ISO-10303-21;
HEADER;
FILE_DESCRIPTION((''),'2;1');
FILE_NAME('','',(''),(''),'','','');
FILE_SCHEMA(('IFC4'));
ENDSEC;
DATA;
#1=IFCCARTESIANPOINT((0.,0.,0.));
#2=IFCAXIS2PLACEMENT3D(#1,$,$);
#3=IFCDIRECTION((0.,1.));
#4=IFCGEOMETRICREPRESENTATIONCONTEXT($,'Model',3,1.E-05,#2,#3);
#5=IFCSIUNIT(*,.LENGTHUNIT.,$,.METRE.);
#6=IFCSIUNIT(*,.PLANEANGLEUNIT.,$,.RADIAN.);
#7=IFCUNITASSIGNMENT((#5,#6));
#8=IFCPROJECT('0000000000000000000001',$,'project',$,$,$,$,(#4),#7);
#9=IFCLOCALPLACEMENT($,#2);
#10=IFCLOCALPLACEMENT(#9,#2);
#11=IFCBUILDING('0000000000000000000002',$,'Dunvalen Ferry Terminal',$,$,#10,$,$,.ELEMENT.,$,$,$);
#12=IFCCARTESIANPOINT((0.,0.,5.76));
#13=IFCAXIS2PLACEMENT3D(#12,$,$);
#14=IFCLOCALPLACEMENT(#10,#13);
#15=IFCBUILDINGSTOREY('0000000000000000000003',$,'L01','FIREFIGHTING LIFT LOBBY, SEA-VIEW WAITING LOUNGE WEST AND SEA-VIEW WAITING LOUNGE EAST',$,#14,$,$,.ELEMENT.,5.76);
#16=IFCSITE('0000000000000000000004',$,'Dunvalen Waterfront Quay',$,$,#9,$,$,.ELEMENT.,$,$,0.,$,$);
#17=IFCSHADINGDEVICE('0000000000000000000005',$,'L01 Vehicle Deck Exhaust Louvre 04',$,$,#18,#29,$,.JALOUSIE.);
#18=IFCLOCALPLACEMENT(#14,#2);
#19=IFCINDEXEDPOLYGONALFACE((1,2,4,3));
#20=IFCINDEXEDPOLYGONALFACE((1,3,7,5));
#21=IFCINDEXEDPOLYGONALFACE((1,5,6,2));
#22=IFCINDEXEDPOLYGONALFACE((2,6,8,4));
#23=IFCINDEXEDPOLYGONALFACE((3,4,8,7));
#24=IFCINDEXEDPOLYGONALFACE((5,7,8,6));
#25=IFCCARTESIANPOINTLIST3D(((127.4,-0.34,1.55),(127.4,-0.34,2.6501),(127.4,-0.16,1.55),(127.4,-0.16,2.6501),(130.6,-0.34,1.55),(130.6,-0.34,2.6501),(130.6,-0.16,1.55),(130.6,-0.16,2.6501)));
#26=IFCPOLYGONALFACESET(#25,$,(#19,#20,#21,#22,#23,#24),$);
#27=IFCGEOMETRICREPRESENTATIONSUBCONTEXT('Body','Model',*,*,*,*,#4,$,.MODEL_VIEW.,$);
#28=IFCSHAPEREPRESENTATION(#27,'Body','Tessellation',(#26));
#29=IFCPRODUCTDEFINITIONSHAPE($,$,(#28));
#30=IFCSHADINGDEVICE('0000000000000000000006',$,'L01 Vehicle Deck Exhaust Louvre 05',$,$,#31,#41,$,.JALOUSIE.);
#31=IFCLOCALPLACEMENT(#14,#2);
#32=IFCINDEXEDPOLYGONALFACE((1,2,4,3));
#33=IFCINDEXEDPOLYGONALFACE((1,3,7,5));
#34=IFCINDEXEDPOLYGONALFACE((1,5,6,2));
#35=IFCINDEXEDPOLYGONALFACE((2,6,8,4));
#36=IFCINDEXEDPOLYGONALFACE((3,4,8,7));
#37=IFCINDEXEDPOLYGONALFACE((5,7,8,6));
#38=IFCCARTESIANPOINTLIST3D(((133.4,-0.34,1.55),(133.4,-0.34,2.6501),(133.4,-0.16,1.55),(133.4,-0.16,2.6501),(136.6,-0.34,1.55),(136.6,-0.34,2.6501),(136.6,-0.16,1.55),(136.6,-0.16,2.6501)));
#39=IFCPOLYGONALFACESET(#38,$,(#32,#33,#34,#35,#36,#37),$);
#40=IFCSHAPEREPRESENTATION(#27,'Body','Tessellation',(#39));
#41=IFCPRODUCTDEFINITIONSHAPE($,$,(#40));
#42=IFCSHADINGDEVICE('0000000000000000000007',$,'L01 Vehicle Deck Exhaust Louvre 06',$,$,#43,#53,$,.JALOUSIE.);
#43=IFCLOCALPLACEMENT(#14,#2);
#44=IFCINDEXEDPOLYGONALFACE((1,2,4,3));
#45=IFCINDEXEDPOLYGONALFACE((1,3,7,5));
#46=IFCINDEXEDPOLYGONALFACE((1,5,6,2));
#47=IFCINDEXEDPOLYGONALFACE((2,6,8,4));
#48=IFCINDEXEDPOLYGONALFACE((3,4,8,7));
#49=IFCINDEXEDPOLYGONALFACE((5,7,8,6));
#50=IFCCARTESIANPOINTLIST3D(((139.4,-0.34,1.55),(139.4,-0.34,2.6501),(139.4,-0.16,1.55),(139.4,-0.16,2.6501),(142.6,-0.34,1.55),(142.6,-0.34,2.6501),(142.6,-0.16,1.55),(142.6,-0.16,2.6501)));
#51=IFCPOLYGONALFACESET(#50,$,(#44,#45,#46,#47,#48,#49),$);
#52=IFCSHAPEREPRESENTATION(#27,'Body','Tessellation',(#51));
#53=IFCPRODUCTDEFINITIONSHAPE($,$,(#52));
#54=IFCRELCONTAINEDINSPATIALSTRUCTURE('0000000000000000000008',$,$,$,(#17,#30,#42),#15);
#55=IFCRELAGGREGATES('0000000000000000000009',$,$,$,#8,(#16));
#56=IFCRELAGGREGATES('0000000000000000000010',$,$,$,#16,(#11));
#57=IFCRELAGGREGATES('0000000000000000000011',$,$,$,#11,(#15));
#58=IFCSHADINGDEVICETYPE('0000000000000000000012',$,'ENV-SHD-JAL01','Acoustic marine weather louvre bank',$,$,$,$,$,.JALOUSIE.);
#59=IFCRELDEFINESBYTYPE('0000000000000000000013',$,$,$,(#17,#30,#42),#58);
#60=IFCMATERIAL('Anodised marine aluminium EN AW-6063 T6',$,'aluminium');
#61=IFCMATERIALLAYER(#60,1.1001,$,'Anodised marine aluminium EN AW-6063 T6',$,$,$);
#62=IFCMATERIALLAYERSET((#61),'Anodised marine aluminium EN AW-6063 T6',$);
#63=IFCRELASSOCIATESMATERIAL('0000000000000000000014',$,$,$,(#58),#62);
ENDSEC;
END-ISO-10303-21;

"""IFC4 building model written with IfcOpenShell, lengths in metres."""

from ifc_helpers import new_model, si_unit, direction, frame, origin, origin_2d, place, context, subcontext, project, spatial, rectangle, extrude, material, layer, layer_set, type_object, element, save


model = new_model("IFC4")

# Units and contexts
model_context = context("Model", 3, precision=1e-05, world=origin(), true_north=direction((0.0, 1.0)))
body_context = subcontext(model_context, "Body", "Model", "MODEL_VIEW")
ifc_project = project(units=[si_unit("LENGTHUNIT", "METRE"), si_unit("PLANEANGLEUNIT", "RADIAN")], contexts=[model_context])

# Site, building, storey
site_placement = place(None, origin())
site = spatial("IfcSite", under=ifc_project, at=site_placement, Name="Dunvalen Waterfront Quay", CompositionType="ELEMENT", RefElevation=0.0)
building_placement = place(site_placement, origin())
building = spatial("IfcBuilding", under=site, at=building_placement, Name="Dunvalen Ferry Terminal", CompositionType="ELEMENT")
storey_placement = place(building_placement, frame((0.0, 0.0, 5.76)))
storey = spatial("IfcBuildingStorey", under=building, at=storey_placement, Name="L01", Description="FIREFIGHTING LIFT LOBBY, SEA-VIEW WAITING LOUNGE WEST AND SEA-VIEW WAITING LOUNGE EAST", CompositionType="ELEMENT", Elevation=5.76)

# Shading devices
ifc_material_1 = material(Name="Anodised marine aluminium EN AW-6063 T6", Category="aluminium")
ifc_layer_1 = layer(ifc_material_1, 1.1001, Name="Anodised marine aluminium EN AW-6063 T6")
ifc_layer_set_1 = layer_set([ifc_layer_1], Name="Anodised marine aluminium EN AW-6063 T6")
shading_device_type = type_object("IfcShadingDeviceType", Name="ENV-SHD-JAL01", Description="Acoustic marine weather louvre bank", PredefinedType="JALOUSIE", material=ifc_layer_set_1)
for number, where, z_axis, x_axis, name in (
    (1, (129.0, -0.25, 1.55), (0.0, 0.0, 1.0), (1.0, 0.0, 0.0), "L01 Vehicle Deck Exhaust Louvre 04"),
    (2, (135.0, -0.25, 1.55), (0.0, 0.0, 1.0), (1.0, 0.0, 0.0), "L01 Vehicle Deck Exhaust Louvre 05"),
    (3, (141.0, -0.25, 1.55), (0.0, 0.0, 1.0), (1.0, 0.0, 0.0), "L01 Vehicle Deck Exhaust Louvre 06"),
):
    element("IfcShadingDevice", number, at=place(storey_placement, frame(where, z_axis=z_axis, x_axis=x_axis)), inside=storey, type_object=shading_device_type, Name=name, PredefinedType="JALOUSIE", context=body_context, shape_type="SweptSolid", body=[
        extrude(rectangle(XDim=3.2, YDim=0.1799, at=origin_2d()), origin(), (0.0, 0.0, 1.0), 1.1001),
    ])

save(model, "model.ifc")
